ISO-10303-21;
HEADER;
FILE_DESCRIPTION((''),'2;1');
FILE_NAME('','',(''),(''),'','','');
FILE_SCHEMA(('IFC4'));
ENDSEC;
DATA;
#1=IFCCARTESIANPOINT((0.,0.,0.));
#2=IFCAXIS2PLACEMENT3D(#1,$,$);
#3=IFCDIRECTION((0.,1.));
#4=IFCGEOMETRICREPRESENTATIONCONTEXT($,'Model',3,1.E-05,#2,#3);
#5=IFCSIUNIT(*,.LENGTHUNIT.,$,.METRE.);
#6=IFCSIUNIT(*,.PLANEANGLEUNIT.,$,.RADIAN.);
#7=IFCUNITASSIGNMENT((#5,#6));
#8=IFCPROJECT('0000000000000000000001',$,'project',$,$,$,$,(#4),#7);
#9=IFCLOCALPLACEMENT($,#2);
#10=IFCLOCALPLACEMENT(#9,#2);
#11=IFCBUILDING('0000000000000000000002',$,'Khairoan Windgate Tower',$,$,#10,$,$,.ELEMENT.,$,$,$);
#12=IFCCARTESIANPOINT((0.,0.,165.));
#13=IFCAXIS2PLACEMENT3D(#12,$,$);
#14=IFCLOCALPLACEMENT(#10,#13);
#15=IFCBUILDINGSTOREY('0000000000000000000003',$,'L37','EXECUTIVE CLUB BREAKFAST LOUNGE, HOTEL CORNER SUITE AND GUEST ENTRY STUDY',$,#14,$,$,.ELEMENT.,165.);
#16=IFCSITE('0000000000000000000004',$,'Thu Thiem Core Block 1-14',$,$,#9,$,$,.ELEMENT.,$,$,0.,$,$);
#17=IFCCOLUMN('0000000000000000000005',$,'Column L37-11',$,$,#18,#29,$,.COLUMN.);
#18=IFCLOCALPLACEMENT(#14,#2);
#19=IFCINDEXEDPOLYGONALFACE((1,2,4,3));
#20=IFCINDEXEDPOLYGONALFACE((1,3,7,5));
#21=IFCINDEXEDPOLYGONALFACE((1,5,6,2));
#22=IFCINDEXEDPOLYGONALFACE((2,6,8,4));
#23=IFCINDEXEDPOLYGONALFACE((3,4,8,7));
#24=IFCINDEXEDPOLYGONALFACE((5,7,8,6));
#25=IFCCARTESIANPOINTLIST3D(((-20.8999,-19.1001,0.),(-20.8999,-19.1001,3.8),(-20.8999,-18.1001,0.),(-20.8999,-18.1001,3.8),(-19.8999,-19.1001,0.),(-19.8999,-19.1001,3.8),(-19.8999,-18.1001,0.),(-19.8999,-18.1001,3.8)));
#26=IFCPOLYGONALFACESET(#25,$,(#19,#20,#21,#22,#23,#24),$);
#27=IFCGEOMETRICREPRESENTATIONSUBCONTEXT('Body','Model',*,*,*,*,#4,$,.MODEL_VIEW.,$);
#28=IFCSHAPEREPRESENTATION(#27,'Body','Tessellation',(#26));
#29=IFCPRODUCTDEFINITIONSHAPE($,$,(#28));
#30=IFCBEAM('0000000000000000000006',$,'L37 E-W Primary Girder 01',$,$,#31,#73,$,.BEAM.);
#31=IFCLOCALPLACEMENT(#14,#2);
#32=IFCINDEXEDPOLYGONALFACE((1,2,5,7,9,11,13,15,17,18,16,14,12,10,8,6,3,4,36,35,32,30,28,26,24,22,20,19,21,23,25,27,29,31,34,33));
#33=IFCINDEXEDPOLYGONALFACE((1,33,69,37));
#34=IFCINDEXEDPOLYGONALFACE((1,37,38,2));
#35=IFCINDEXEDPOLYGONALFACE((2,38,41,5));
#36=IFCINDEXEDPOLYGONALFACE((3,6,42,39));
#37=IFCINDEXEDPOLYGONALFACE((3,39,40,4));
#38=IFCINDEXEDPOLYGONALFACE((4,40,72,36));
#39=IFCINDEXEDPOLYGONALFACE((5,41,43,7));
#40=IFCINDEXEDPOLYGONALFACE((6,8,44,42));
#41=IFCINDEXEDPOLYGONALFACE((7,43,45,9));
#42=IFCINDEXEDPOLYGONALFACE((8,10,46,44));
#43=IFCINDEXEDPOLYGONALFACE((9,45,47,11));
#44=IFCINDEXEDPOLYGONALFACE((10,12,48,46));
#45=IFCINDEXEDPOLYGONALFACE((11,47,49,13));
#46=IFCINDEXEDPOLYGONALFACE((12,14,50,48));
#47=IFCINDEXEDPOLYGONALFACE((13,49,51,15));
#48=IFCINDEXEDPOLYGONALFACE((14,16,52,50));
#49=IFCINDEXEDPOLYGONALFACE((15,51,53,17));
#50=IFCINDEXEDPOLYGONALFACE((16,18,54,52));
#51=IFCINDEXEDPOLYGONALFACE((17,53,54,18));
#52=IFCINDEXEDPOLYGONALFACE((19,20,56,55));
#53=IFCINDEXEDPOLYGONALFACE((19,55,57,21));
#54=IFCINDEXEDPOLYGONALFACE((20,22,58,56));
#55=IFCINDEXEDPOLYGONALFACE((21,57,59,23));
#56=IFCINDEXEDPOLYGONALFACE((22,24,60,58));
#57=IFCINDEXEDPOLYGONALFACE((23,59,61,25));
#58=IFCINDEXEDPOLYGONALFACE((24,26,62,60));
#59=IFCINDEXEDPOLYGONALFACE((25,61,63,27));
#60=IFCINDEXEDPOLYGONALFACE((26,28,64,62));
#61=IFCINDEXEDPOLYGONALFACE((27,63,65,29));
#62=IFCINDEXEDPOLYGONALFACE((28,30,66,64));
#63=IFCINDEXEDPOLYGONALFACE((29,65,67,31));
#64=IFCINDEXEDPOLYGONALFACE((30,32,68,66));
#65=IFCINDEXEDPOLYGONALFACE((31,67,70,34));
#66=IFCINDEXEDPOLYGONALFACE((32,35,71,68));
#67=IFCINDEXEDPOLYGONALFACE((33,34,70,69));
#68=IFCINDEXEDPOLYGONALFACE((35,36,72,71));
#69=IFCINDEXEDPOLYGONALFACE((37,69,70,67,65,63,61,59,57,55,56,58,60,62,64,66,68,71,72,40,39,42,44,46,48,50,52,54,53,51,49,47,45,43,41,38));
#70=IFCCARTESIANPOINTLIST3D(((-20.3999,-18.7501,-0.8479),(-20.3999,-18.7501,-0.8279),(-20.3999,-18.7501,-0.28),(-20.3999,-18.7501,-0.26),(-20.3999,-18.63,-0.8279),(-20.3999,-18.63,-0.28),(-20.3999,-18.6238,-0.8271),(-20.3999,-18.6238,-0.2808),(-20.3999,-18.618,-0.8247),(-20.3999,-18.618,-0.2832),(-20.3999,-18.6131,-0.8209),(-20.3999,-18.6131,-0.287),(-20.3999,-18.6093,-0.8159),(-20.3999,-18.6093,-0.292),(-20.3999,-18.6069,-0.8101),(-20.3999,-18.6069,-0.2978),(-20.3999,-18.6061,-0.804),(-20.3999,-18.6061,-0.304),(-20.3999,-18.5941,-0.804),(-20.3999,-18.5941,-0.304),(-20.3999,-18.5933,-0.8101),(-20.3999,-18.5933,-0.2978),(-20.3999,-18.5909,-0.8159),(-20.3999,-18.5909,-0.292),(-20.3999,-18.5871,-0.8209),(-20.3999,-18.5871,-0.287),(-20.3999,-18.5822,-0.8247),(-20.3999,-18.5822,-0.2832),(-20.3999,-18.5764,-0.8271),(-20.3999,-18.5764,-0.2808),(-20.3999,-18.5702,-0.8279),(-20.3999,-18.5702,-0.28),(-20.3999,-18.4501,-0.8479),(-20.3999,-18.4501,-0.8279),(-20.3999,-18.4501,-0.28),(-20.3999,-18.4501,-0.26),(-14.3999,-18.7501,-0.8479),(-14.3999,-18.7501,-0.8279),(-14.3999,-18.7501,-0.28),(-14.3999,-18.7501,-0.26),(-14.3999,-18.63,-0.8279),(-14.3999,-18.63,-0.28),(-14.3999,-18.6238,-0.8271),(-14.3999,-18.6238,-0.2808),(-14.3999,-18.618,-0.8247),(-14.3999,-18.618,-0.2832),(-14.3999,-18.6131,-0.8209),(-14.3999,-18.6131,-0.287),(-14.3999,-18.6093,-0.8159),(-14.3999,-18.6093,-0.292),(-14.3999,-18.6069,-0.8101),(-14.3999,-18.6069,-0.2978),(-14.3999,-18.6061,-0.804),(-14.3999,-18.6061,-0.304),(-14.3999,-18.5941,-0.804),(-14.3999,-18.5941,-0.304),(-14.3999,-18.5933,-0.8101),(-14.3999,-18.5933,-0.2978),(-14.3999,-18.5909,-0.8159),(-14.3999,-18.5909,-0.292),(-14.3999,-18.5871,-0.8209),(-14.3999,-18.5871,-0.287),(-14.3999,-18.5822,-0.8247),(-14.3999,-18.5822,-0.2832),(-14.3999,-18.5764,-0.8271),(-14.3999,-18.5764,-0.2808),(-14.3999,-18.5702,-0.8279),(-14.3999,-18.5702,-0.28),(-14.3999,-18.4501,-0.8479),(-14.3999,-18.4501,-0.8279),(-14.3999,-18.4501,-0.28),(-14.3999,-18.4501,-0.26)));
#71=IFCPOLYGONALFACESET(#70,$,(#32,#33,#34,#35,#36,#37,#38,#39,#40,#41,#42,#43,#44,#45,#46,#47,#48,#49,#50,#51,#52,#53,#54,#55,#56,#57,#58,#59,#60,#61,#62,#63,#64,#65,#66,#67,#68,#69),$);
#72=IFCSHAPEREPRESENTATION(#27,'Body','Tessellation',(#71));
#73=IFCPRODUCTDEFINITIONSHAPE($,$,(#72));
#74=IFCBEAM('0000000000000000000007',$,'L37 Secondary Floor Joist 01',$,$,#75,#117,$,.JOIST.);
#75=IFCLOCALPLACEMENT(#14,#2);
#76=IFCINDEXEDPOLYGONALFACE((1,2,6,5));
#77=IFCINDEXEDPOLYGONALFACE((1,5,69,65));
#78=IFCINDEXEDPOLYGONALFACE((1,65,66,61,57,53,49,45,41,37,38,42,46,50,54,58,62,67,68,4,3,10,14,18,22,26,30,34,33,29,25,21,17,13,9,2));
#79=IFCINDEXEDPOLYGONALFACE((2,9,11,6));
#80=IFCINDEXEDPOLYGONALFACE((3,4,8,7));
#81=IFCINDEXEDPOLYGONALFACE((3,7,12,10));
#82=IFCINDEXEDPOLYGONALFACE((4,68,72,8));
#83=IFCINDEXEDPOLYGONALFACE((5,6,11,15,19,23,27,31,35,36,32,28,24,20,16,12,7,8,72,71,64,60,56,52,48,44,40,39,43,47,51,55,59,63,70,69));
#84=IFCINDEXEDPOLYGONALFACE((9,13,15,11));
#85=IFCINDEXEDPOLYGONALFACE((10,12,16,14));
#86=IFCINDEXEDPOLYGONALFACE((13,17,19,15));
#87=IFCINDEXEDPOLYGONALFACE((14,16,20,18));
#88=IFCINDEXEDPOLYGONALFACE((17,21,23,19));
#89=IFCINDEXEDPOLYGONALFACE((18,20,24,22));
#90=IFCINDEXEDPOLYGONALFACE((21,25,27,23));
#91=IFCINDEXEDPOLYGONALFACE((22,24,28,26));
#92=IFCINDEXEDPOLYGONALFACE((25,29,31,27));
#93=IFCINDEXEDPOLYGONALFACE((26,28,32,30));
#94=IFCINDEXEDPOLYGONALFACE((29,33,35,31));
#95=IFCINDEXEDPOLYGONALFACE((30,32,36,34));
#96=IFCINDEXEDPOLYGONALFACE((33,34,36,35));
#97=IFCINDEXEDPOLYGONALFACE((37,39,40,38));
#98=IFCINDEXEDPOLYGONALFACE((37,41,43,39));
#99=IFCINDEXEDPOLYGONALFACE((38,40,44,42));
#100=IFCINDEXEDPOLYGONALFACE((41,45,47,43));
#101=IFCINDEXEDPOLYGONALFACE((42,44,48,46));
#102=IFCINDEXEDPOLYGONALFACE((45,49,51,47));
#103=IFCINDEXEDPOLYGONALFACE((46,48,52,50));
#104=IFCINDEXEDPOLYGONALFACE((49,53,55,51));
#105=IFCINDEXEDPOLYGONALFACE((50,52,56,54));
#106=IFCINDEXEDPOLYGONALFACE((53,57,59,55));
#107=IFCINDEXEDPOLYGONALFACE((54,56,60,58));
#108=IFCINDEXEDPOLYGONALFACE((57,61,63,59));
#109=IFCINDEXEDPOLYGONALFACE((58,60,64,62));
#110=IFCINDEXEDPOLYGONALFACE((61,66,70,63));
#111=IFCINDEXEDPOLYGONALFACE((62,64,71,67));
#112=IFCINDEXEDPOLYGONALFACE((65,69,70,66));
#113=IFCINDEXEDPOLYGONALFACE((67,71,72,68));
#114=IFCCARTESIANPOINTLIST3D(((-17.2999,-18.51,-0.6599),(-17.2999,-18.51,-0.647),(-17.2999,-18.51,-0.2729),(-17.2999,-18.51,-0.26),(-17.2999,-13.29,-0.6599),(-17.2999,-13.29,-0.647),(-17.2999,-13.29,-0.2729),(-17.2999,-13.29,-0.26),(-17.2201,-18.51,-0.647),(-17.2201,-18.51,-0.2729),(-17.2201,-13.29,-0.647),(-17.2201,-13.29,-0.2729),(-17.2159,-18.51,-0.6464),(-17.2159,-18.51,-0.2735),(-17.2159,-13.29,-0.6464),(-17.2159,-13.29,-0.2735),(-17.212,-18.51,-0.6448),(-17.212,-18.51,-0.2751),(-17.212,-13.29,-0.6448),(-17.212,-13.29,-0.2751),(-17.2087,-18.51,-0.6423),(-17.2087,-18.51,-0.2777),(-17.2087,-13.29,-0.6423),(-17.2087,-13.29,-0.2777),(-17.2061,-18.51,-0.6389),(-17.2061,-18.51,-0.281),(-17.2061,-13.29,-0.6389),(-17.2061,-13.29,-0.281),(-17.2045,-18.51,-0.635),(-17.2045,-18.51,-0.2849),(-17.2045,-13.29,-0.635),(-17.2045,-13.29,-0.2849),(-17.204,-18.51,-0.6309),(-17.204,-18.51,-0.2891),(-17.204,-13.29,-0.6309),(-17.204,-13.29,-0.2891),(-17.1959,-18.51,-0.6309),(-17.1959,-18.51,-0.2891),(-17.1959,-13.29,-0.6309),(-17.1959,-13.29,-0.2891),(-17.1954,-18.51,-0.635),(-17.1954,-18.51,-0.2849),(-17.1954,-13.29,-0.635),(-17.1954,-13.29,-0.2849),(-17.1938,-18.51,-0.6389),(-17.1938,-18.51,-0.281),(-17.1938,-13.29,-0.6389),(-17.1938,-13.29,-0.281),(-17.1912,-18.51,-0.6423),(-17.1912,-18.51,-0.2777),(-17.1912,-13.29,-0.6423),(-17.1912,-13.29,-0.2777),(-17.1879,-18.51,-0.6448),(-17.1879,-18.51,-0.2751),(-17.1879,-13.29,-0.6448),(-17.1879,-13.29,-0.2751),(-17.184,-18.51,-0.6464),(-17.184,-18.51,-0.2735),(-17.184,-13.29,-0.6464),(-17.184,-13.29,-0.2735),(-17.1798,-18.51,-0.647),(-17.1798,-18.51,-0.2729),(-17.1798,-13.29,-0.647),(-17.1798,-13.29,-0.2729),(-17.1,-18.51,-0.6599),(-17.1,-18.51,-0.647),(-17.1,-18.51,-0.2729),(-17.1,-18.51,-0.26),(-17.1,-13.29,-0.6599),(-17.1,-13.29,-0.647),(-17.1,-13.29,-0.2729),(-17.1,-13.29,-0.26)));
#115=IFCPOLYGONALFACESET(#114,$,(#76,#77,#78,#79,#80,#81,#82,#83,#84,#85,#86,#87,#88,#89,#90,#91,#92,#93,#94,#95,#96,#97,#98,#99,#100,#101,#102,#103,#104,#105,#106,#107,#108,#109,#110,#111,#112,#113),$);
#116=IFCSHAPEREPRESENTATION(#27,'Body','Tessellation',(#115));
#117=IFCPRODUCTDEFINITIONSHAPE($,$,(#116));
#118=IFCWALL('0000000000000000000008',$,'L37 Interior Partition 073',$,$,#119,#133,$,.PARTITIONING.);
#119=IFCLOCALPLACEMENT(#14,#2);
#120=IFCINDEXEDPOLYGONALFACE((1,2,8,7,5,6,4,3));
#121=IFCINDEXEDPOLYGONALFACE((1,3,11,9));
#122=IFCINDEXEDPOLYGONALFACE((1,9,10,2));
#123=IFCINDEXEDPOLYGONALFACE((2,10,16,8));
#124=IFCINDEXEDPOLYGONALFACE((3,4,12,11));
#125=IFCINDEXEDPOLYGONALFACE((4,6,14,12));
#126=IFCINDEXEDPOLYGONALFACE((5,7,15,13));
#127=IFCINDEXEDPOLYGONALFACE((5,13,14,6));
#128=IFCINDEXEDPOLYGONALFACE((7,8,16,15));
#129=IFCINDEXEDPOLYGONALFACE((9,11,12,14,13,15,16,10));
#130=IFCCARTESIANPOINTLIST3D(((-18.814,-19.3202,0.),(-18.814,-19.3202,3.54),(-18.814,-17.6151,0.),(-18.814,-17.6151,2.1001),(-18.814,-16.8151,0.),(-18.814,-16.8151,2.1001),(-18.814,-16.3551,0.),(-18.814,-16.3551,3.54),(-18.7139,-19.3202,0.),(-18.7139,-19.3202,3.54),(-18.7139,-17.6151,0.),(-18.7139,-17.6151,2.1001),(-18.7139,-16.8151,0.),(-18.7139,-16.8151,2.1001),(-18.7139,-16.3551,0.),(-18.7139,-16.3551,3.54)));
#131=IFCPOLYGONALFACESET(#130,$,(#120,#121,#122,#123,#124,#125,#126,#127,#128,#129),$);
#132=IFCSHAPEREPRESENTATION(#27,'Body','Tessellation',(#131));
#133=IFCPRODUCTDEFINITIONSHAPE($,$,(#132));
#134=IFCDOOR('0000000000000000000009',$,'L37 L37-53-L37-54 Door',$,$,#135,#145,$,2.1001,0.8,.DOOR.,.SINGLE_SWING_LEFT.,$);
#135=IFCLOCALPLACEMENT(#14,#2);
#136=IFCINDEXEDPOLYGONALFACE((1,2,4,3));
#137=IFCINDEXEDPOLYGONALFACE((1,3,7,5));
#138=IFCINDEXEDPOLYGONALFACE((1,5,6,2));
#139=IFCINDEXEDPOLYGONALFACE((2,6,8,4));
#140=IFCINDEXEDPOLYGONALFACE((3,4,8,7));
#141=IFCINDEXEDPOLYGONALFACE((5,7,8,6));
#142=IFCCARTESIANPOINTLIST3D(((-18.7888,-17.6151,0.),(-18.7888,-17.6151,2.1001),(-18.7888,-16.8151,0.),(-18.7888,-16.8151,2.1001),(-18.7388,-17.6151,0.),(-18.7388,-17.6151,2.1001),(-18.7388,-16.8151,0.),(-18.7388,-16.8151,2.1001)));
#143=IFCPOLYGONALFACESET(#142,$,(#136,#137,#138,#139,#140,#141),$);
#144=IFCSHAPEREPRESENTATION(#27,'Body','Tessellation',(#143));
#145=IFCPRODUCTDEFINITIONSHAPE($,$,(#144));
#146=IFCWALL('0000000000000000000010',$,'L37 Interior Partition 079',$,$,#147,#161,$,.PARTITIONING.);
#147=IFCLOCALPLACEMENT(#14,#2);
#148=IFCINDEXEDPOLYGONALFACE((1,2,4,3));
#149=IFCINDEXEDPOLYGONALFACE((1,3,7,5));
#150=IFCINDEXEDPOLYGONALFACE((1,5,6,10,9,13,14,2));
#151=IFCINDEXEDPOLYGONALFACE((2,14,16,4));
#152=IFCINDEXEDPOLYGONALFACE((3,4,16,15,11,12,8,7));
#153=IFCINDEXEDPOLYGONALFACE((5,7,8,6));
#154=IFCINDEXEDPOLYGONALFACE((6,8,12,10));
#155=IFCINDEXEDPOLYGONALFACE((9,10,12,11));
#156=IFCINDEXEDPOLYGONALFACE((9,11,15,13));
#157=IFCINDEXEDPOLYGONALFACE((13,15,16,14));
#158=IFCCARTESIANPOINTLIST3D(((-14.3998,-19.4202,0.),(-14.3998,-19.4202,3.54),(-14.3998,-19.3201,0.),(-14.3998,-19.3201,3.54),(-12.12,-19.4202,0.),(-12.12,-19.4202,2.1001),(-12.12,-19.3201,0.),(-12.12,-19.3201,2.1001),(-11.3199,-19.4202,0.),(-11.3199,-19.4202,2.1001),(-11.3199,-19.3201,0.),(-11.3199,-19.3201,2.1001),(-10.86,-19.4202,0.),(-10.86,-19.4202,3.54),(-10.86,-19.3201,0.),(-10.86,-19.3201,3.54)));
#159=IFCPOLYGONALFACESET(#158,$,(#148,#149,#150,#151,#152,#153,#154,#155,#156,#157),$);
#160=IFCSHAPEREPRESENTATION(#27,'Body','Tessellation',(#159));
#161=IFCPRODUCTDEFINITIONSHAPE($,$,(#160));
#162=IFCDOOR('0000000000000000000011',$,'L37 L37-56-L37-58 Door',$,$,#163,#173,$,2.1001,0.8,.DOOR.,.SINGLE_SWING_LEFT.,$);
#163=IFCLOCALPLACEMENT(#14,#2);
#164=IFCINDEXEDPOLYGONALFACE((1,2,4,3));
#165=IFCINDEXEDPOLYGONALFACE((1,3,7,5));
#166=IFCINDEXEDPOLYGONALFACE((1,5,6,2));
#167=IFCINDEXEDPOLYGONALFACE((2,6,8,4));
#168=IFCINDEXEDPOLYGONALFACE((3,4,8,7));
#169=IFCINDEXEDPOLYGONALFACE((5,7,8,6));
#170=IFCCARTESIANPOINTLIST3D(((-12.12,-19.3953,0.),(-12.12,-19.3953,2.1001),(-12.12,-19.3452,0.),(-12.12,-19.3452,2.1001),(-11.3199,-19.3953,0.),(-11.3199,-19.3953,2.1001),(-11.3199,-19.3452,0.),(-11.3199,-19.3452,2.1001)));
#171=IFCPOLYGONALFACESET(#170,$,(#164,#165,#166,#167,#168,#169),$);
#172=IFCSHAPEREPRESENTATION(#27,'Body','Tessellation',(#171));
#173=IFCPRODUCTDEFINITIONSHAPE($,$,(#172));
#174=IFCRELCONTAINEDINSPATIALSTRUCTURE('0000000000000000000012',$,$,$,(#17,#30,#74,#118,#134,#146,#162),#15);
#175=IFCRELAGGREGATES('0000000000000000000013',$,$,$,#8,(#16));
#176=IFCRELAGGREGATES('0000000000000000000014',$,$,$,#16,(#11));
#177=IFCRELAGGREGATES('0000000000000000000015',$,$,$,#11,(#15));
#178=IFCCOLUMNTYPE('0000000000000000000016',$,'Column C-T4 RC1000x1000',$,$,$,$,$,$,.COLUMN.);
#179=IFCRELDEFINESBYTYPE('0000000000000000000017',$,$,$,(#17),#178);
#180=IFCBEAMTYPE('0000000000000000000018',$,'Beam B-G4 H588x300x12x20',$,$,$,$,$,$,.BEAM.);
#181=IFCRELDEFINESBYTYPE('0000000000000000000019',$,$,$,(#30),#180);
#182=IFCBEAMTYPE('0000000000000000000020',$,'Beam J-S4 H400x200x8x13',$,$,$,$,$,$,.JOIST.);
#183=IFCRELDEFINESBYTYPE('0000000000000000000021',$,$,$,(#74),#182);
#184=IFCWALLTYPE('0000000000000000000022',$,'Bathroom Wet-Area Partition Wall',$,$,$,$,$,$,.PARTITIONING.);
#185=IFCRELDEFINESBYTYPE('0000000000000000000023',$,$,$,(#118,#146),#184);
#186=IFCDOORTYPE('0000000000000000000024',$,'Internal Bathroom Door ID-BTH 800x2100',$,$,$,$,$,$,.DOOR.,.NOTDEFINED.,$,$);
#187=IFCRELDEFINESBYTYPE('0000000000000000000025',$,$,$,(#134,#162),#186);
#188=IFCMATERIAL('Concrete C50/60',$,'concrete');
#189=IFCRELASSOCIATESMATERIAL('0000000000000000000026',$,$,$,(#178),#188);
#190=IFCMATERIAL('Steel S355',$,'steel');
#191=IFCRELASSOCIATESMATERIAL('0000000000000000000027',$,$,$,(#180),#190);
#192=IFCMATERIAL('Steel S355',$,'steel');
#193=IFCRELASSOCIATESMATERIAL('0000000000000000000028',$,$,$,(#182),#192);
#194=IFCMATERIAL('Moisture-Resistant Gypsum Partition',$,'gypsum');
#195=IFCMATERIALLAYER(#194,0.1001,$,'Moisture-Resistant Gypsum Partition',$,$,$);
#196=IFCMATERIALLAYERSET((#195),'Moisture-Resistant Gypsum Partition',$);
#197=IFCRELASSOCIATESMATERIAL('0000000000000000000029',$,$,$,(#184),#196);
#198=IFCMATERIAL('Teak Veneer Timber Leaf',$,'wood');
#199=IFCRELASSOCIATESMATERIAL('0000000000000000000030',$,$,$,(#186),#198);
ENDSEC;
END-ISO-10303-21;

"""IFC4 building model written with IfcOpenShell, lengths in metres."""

from ifc_helpers import new_model, si_unit, direction, frame, frame_2d, origin, origin_2d, place, context, subcontext, project, spatial, rectangle, i_section, extrude, material, layer, layer_set, material_profile, profile_set, type_object, element, fill, save


model = new_model("IFC4")

# Units and contexts
model_context = context("Model", 3, precision=1e-05, world=origin(), true_north=direction((0.0, 1.0)))
body_context = subcontext(model_context, "Body", "Model", "MODEL_VIEW")
ifc_project = project(units=[si_unit("LENGTHUNIT", "METRE"), si_unit("PLANEANGLEUNIT", "RADIAN")], contexts=[model_context])

# Site, building, storey
site_placement = place(None, origin())
site = spatial("IfcSite", under=ifc_project, at=site_placement, Name="Thu Thiem Core Block 1-14", CompositionType="ELEMENT", RefElevation=0.0)
building_placement = place(site_placement, origin())
building = spatial("IfcBuilding", under=site, at=building_placement, Name="Khairoan Windgate Tower", CompositionType="ELEMENT")
storey_placement = place(building_placement, frame((0.0, 0.0, 165.0)))
storey = spatial("IfcBuildingStorey", under=building, at=storey_placement, Name="L37", Description="EXECUTIVE CLUB BREAKFAST LOUNGE, HOTEL CORNER SUITE AND GUEST ENTRY STUDY", CompositionType="ELEMENT", Elevation=165.0)

# Column
ifc_material_1 = material(Name="Concrete C50/60", Category="concrete")
ifc_material_profile_1 = material_profile(ifc_material_1, rectangle(XDim=1.0, YDim=1.0, at=origin_2d()))
ifc_profile_set_1 = profile_set([ifc_material_profile_1], Name="Concrete C50/60")
column_type = type_object("IfcColumnType", Name="Column C-T4 RC1000x1000", PredefinedType="COLUMN", material=ifc_profile_set_1)
column_placement = place(storey_placement, frame((-20.3999, -18.6001, 0.0), z_axis=(0.0, 0.0, 1.0), x_axis=(1.0, 0.0, 0.0)))
element("IfcColumn", 1, at=column_placement, inside=storey, type_object=column_type, Name="Column L37-11", PredefinedType="COLUMN", context=body_context, shape_type="SweptSolid", body=[
    extrude(rectangle(XDim=1.0, YDim=1.0, at=origin_2d()), origin(), (0.0, 0.0, 1.0), 3.8),
])

# Beams
ifc_material_2 = material(Name="Steel S355", Category="steel")
ifc_material_profile_2 = material_profile(ifc_material_2, i_section(OverallWidth=0.3, OverallDepth=0.5879, WebThickness=0.012, FlangeThickness=0.02, FilletRadius=0.0239, at=origin_2d()))
ifc_profile_set_2 = profile_set([ifc_material_profile_2], Name="Steel S355")
beam_type_1 = type_object("IfcBeamType", Name="Beam B-G4 H588x300x12x20", PredefinedType="BEAM", material=ifc_profile_set_2)
beam_1_placement = place(storey_placement, frame((-20.3999, -18.6001, -0.554), z_axis=(1.0, 0.0, 0.0), x_axis=(0.0, 1.0, 0.0)))
element("IfcBeam", 2, at=beam_1_placement, inside=storey, type_object=beam_type_1, Name="L37 E-W Primary Girder 01", PredefinedType="BEAM", context=body_context, shape_type="SweptSolid", body=[
    extrude(i_section(OverallWidth=0.3, OverallDepth=0.5879, WebThickness=0.012, FlangeThickness=0.02, FilletRadius=0.0239, at=origin_2d()), origin(), (0.0, 0.0, 1.0), 6.0),
])
ifc_material_3 = material(Name="Steel S355", Category="steel")
ifc_material_profile_3 = material_profile(ifc_material_3, i_section(OverallWidth=0.2, OverallDepth=0.3999, WebThickness=0.0081, FlangeThickness=0.0129, FilletRadius=0.0161, at=origin_2d()))
ifc_profile_set_3 = profile_set([ifc_material_profile_3], Name="Steel S355")
beam_type_2 = type_object("IfcBeamType", Name="Beam J-S4 H400x200x8x13", PredefinedType="JOIST", material=ifc_profile_set_3)
beam_2_placement = place(storey_placement, frame((-17.2, -18.51, -0.46), z_axis=(0.0, 1.0, 0.0), x_axis=(-1.0, 0.0, 0.0)))
element("IfcBeam", 3, at=beam_2_placement, inside=storey, type_object=beam_type_2, Name="L37 Secondary Floor Joist 01", PredefinedType="JOIST", context=body_context, shape_type="SweptSolid", body=[
    extrude(i_section(OverallWidth=0.2, OverallDepth=0.3999, WebThickness=0.0081, FlangeThickness=0.0129, FilletRadius=0.0161, at=origin_2d()), origin(), (0.0, 0.0, 1.0), 5.22),
])

# Walls, openings, doors
ifc_material_4 = material(Name="Moisture-Resistant Gypsum Partition", Category="gypsum")
ifc_layer_1 = layer(ifc_material_4, 0.1001, Name="Moisture-Resistant Gypsum Partition")
ifc_layer_set_1 = layer_set([ifc_layer_1], Name="Moisture-Resistant Gypsum Partition")
wall_type_1 = type_object("IfcWallType", Name="Bathroom Wet-Area Partition Wall", PredefinedType="PARTITIONING", material=ifc_layer_set_1)
wall_1_placement = place(storey_placement, frame((-18.7639, -19.3201, 0.0), z_axis=(0.0, 0.0, 1.0), x_axis=(0.0, 1.0, 0.0)))
wall_1 = element("IfcWall", 4, at=wall_1_placement, inside=storey, type_object=wall_type_1, Name="L37 Interior Partition 073", PredefinedType="PARTITIONING", context=body_context, shape_type="SweptSolid", body=[
    extrude(rectangle(XDim=2.9651, YDim=0.1001, at=frame_2d((1.4824, 0.0))), origin(), (0.0, 0.0, 1.0), 3.54),
])
opening_1_placement = place(wall_1_placement, frame((1.7051, 0.0, 0.0)))
opening_1 = element("IfcOpeningElement", 5, at=opening_1_placement, cuts=wall_1, PredefinedType="OPENING", context=body_context, shape_type="SweptSolid", body=[
    extrude(rectangle(XDim=0.8, YDim=2.1001, at=frame_2d((0.3999, 1.05))), frame((0.0, 0.0601, 0.0), z_axis=(0.0, -1.0, 0.0), x_axis=(1.0, 0.0, 0.0)), (0.0, 0.0, 1.0), 0.1201),
])
ifc_material_5 = material(Name="Teak Veneer Timber Leaf", Category="wood")
door_type_1 = type_object("IfcDoorType", Name="Internal Bathroom Door ID-BTH 800x2100", OperationType="NOTDEFINED", PredefinedType="DOOR", material=ifc_material_5)
door_1_placement = place(opening_1_placement, origin())
door_1 = element("IfcDoor", 6, at=door_1_placement, inside=storey, type_object=door_type_1, Name="L37 L37-53-L37-54 Door", OperationType="SINGLE_SWING_LEFT", OverallHeight=2.1001, OverallWidth=0.8, PredefinedType="DOOR", context=body_context, shape_type="SweptSolid", body=[
    extrude(rectangle(XDim=0.8, YDim=2.1001, at=frame_2d((0.3999, 1.05))), frame((0.0, 0.0249, 0.0), z_axis=(0.0, -1.0, 0.0), x_axis=(1.0, 0.0, 0.0)), (0.0, 0.0, 1.0), 0.05),
])
fill(opening_1, door_1)
wall_2_placement = place(storey_placement, frame((-14.3999, -19.3701, 0.0), z_axis=(0.0, 0.0, 1.0), x_axis=(1.0, 0.0, 0.0)))
wall_2 = element("IfcWall", 7, at=wall_2_placement, inside=storey, type_object=wall_type_1, Name="L37 Interior Partition 079", PredefinedType="PARTITIONING", context=body_context, shape_type="SweptSolid", body=[
    extrude(rectangle(XDim=3.5398, YDim=0.1001, at=frame_2d((1.77, 0.0))), origin(), (0.0, 0.0, 1.0), 3.54),
])
opening_2_placement = place(wall_2_placement, frame((2.28, 0.0, 0.0)))
opening_2 = element("IfcOpeningElement", 8, at=opening_2_placement, cuts=wall_2, PredefinedType="OPENING", context=body_context, shape_type="SweptSolid", body=[
    extrude(rectangle(XDim=0.8, YDim=2.1001, at=frame_2d((0.3999, 1.05))), frame((0.0, 0.0601, 0.0), z_axis=(0.0, -1.0, 0.0), x_axis=(1.0, 0.0, 0.0)), (0.0, 0.0, 1.0), 0.1201),
])
door_2_placement = place(opening_2_placement, origin())
door_2 = element("IfcDoor", 9, at=door_2_placement, inside=storey, type_object=door_type_1, Name="L37 L37-56-L37-58 Door", OperationType="SINGLE_SWING_LEFT", OverallHeight=2.1001, OverallWidth=0.8, PredefinedType="DOOR", context=body_context, shape_type="SweptSolid", body=[
    extrude(rectangle(XDim=0.8, YDim=2.1001, at=frame_2d((0.3999, 1.05))), frame((0.0, 0.0249, 0.0), z_axis=(0.0, -1.0, 0.0), x_axis=(1.0, 0.0, 0.0)), (0.0, 0.0, 1.0), 0.05),
])
fill(opening_2, door_2)

save(model, "model.ifc")
